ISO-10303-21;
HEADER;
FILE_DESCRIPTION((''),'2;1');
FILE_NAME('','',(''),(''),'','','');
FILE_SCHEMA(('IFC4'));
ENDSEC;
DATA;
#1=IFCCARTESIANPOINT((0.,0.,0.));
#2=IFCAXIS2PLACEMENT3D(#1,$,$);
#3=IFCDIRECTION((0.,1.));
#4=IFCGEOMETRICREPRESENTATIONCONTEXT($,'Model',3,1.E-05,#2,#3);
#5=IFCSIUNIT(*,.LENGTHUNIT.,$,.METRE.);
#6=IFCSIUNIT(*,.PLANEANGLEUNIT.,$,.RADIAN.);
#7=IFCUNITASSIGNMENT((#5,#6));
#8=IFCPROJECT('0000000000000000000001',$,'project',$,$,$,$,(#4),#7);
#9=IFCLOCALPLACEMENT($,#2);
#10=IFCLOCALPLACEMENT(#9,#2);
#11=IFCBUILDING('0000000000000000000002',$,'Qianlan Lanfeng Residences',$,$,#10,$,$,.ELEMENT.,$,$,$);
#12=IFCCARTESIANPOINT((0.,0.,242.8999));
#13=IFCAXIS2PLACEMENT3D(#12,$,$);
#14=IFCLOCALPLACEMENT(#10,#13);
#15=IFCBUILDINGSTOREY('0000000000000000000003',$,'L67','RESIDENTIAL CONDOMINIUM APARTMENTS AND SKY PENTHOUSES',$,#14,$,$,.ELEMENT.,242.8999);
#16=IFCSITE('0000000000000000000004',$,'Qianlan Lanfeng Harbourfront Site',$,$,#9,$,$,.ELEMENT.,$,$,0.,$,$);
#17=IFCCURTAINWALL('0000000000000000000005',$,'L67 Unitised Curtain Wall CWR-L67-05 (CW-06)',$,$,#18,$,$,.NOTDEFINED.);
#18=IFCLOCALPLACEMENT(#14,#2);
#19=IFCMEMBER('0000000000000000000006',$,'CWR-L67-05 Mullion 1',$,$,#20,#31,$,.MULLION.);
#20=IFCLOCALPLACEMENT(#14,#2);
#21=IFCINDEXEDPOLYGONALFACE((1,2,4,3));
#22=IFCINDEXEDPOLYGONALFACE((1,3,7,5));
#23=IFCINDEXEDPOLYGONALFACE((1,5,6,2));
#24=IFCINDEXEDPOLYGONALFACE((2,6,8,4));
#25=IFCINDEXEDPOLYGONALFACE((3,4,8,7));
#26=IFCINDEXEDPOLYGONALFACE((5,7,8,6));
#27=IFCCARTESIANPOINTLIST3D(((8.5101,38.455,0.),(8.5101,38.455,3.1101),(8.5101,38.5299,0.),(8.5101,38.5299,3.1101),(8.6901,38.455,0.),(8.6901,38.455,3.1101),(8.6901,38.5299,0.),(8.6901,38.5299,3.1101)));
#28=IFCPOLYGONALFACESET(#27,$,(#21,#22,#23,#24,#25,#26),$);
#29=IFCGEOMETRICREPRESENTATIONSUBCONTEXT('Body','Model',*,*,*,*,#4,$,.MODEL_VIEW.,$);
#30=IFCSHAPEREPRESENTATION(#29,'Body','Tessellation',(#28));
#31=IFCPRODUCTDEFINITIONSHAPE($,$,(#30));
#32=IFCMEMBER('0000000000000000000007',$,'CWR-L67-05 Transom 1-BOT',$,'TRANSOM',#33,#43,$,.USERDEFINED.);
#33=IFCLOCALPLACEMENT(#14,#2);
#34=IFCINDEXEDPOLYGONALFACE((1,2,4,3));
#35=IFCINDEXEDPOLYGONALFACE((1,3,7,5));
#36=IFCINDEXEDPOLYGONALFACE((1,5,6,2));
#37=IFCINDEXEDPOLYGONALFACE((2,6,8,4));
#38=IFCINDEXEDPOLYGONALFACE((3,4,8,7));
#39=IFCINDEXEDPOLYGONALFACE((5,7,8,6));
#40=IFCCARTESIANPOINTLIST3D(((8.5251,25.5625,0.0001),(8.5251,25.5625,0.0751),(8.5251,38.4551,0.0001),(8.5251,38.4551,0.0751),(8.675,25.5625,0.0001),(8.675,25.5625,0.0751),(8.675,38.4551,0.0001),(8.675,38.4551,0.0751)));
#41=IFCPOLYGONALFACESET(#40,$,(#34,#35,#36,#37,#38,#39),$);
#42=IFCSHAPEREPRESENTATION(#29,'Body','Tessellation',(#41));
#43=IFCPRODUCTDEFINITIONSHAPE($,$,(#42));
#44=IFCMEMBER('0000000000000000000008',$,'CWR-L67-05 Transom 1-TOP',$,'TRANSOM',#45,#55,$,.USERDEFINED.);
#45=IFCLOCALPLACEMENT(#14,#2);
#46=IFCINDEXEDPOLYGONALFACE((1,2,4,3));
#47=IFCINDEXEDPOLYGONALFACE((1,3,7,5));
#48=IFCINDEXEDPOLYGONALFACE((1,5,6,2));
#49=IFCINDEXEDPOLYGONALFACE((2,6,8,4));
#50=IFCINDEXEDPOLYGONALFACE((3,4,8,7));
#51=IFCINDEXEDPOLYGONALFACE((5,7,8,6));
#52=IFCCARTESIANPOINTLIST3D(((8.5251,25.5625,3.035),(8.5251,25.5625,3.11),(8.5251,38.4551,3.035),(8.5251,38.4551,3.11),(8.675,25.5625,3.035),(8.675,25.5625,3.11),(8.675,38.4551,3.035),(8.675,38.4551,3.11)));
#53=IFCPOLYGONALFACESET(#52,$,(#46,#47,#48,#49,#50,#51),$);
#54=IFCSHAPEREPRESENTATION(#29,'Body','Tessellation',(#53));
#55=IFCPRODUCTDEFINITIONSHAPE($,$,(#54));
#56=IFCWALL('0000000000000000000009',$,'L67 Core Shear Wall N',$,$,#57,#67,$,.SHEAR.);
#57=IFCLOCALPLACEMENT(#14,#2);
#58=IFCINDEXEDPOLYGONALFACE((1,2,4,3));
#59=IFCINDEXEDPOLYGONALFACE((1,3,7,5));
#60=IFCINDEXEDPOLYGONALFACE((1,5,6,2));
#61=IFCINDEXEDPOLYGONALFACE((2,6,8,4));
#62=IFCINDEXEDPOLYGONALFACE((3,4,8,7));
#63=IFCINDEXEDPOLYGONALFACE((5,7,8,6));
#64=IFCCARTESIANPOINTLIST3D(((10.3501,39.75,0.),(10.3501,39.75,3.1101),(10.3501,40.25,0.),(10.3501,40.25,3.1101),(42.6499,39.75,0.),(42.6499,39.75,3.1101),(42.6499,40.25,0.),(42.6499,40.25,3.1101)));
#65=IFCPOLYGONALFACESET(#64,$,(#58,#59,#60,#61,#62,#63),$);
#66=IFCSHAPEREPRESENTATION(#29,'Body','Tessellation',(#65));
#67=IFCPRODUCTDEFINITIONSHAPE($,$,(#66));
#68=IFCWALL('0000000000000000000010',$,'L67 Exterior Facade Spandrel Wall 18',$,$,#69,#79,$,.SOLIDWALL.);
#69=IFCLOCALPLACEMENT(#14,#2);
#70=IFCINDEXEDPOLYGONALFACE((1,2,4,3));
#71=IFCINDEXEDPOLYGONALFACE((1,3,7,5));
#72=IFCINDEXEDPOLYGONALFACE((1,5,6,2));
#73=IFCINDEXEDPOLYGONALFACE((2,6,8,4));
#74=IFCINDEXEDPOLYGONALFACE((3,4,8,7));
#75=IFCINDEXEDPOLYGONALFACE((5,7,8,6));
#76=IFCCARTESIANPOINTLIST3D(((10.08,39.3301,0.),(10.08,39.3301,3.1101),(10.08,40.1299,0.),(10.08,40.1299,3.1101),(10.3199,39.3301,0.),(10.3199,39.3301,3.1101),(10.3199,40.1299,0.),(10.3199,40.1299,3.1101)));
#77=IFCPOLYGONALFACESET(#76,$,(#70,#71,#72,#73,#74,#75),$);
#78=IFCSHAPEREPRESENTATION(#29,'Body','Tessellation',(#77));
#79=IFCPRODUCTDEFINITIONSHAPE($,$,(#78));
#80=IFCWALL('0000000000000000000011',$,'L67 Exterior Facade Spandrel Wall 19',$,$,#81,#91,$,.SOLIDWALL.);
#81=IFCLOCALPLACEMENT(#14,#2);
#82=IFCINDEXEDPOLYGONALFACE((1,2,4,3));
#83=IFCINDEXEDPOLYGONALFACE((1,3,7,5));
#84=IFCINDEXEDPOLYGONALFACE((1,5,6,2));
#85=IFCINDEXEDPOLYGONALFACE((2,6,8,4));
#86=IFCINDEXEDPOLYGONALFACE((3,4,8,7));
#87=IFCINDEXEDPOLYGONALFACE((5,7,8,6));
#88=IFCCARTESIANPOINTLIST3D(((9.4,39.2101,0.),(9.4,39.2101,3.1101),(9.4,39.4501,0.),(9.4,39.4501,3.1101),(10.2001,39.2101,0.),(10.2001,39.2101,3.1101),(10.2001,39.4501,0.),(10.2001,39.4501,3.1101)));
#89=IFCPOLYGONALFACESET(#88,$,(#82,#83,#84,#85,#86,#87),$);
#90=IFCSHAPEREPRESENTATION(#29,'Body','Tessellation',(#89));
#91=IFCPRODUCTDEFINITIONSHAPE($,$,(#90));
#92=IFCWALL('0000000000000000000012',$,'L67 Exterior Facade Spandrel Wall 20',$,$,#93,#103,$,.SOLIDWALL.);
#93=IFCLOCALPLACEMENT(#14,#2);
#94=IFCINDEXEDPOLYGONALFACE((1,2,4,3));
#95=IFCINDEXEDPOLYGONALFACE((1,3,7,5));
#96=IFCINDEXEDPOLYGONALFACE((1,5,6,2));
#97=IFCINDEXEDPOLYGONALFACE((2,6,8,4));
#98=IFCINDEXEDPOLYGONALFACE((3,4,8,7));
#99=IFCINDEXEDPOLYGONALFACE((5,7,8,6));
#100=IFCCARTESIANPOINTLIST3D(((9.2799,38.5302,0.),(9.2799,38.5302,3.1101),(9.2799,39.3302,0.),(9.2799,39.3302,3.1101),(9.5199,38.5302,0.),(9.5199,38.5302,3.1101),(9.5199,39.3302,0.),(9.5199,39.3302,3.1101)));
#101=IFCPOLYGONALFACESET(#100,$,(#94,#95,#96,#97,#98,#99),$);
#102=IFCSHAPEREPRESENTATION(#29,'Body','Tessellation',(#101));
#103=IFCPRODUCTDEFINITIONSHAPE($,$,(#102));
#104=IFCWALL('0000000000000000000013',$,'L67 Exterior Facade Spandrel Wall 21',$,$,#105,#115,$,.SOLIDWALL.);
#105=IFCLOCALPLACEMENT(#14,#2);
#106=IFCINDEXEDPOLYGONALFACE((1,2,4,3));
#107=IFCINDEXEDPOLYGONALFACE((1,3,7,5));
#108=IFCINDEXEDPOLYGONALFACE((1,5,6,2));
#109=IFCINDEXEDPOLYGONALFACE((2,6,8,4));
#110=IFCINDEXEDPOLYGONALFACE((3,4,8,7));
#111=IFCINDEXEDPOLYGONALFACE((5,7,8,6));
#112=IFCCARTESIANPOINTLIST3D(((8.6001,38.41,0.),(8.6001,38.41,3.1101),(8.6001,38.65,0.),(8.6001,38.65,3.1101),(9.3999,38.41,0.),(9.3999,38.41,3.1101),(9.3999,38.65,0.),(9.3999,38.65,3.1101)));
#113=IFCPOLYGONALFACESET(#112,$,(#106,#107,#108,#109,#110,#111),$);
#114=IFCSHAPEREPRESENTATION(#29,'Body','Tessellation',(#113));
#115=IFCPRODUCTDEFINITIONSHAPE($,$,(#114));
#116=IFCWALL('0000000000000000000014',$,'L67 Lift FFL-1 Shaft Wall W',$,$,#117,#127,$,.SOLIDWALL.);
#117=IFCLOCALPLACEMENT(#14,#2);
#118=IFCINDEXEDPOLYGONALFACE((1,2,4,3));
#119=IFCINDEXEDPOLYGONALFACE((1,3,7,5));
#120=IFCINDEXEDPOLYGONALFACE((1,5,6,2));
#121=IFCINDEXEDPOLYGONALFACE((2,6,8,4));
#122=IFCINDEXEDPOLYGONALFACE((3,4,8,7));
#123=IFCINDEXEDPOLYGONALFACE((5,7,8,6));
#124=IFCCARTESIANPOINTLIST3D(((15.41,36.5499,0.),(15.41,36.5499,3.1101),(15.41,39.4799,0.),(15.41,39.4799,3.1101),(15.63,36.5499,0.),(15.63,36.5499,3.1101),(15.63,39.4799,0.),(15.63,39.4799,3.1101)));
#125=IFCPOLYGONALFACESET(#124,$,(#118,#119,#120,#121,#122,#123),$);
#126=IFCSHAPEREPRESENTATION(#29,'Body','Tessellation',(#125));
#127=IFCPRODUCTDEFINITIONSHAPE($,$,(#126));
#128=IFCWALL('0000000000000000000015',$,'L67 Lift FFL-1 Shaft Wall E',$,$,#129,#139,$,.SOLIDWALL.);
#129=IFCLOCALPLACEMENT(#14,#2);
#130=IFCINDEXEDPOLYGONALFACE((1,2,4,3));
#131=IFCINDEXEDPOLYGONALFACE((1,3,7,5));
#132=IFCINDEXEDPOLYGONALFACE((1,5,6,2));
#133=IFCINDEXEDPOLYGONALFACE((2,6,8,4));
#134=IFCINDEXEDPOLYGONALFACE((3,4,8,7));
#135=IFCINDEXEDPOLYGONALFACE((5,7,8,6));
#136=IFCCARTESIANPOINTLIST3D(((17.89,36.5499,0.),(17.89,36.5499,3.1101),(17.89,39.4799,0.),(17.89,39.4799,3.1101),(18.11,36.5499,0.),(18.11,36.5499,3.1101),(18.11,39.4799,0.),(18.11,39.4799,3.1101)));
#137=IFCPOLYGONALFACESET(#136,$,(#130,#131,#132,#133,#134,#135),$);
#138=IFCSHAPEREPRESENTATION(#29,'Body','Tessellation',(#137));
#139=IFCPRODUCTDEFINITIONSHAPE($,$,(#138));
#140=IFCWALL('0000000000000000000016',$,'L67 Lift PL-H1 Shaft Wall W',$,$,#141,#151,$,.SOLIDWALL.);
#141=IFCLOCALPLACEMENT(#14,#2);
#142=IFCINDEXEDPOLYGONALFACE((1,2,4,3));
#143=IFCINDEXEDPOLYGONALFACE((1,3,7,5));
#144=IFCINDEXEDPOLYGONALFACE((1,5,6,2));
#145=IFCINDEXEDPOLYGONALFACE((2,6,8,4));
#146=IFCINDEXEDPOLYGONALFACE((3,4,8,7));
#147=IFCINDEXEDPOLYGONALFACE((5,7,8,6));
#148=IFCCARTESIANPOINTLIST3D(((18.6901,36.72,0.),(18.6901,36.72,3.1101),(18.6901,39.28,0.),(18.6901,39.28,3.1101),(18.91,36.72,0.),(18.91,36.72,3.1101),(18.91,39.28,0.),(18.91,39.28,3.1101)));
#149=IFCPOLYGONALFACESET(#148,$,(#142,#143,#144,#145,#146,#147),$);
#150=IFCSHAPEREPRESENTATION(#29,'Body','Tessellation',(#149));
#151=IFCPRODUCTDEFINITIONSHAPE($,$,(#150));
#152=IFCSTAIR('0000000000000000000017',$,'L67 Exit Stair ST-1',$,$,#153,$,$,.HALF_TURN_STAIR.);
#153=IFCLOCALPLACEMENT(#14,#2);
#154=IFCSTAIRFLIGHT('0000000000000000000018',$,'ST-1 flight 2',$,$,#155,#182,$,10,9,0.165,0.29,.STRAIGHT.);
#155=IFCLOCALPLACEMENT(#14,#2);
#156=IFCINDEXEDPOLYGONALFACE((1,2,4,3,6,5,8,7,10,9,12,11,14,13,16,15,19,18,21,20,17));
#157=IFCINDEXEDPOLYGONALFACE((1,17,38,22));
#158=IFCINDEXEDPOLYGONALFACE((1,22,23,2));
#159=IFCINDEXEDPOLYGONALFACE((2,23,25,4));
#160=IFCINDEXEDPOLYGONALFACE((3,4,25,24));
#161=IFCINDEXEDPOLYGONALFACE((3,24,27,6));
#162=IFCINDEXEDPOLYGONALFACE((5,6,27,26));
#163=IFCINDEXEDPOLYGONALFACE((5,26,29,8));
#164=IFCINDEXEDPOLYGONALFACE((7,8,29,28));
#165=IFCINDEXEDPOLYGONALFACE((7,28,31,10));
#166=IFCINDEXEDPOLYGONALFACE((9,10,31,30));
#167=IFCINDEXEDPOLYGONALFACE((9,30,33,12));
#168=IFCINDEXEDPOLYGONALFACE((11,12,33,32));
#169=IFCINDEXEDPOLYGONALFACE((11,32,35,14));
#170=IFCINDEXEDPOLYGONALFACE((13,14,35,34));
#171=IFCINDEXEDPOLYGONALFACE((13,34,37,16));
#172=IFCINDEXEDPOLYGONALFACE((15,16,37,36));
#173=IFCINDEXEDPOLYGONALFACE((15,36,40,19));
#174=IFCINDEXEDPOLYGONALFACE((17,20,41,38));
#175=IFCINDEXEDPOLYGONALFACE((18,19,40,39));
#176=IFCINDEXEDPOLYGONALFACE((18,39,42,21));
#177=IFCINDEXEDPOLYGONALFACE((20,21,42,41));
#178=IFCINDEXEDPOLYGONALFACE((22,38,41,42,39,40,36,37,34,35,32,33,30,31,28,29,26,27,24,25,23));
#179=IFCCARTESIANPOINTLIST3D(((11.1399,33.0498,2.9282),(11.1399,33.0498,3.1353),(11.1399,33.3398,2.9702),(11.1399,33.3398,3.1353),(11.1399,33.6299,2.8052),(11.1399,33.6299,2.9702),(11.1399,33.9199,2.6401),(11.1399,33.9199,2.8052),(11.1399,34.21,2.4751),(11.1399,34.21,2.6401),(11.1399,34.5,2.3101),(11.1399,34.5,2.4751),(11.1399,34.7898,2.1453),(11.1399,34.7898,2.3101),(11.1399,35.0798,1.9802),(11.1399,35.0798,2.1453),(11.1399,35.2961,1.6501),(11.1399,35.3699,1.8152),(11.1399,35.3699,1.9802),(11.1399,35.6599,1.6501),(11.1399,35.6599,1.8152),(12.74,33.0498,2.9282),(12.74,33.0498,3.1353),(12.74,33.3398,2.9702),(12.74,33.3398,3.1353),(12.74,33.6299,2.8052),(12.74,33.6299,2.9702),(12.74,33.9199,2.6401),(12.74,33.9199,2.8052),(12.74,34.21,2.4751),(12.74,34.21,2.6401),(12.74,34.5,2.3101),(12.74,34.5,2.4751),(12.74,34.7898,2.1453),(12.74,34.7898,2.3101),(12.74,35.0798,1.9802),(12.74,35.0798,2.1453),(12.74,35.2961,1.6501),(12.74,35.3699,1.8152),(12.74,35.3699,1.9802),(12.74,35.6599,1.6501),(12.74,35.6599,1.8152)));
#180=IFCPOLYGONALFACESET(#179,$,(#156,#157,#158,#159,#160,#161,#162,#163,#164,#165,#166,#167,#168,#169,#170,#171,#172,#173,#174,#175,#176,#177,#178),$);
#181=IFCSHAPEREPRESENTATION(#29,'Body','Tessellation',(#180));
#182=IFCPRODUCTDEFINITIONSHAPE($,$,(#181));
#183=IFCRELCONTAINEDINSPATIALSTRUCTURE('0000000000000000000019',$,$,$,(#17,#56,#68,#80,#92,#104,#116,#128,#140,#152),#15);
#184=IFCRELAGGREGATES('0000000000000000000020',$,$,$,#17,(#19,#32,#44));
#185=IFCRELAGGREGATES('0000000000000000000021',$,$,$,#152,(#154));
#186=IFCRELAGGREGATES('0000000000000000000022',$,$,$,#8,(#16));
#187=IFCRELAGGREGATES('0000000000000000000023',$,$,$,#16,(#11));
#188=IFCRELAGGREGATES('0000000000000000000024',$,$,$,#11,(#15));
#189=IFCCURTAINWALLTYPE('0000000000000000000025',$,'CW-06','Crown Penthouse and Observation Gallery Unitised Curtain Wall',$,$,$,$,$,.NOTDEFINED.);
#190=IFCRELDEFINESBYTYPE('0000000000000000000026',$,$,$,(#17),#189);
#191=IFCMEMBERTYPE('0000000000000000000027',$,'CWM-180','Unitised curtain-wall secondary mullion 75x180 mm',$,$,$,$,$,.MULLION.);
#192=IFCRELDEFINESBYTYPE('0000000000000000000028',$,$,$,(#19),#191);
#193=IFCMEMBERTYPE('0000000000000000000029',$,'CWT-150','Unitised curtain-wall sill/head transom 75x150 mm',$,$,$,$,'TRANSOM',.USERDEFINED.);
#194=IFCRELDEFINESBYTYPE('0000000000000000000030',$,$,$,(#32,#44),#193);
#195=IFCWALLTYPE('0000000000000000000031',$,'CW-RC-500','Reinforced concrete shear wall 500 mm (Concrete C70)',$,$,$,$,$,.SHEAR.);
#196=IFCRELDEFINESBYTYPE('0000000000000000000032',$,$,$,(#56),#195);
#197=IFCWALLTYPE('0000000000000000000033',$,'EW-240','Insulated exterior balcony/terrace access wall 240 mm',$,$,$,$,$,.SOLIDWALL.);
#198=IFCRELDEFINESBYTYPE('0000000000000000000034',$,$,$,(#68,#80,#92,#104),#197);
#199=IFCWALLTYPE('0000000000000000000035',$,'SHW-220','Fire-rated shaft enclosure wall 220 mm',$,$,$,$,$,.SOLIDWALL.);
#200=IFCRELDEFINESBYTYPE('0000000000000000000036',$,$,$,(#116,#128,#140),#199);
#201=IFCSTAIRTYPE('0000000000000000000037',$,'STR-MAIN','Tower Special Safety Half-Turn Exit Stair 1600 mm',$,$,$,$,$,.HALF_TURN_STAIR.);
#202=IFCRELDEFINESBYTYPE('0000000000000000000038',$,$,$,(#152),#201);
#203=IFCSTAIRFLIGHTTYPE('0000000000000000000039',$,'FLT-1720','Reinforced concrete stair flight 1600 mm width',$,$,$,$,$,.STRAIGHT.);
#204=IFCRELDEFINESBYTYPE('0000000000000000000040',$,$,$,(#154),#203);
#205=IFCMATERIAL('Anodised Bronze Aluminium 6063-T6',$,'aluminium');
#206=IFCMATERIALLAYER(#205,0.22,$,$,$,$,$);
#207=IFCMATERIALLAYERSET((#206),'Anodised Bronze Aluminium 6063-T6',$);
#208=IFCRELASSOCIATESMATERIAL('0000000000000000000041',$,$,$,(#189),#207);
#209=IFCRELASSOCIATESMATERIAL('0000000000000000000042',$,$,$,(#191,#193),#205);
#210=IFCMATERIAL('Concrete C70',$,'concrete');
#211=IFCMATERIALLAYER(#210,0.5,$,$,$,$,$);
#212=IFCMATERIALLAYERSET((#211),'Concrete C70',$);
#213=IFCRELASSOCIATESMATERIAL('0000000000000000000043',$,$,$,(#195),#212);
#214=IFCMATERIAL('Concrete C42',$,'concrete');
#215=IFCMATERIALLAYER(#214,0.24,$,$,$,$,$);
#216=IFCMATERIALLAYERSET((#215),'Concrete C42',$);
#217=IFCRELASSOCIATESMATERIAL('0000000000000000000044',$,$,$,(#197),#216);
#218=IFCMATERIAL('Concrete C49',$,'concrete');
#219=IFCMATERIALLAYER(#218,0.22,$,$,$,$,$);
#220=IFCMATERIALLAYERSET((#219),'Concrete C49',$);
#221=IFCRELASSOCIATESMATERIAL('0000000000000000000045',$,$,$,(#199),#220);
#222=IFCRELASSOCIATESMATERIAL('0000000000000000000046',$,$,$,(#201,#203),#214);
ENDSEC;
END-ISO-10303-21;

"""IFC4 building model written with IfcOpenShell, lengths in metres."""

from ifc_helpers import new_model, si_unit, direction, frame, frame_2d, origin, origin_2d, place, context, subcontext, project, spatial, polyline, rectangle, outline, extrude, source, transform, mapped, material, layer, layer_set, material_profile, profile_set, type_object, element, aggregate, save


model = new_model("IFC4")

# Units and contexts
model_context = context("Model", 3, precision=1e-05, world=origin(), true_north=direction((0.0, 1.0)))
body_context = subcontext(model_context, "Body", "Model", "MODEL_VIEW")
ifc_project = project(units=[si_unit("LENGTHUNIT", "METRE"), si_unit("PLANEANGLEUNIT", "RADIAN")], contexts=[model_context])

# Site, building, storey
site_placement = place(None, origin())
site = spatial("IfcSite", under=ifc_project, at=site_placement, Name="Qianlan Lanfeng Harbourfront Site", CompositionType="ELEMENT", RefElevation=0.0)
building_placement = place(site_placement, origin())
building = spatial("IfcBuilding", under=site, at=building_placement, Name="Qianlan Lanfeng Residences", CompositionType="ELEMENT")
storey_placement = place(building_placement, frame((0.0, 0.0, 242.8999)))
storey = spatial("IfcBuildingStorey", under=building, at=storey_placement, Name="L67", Description="RESIDENTIAL CONDOMINIUM APARTMENTS AND SKY PENTHOUSES", CompositionType="ELEMENT", Elevation=242.8999)

# Curtain wall, members
ifc_material_1 = material(Name="Anodised Bronze Aluminium 6063-T6", Category="aluminium")
ifc_layer_1 = layer(ifc_material_1, 0.22)
ifc_layer_set_1 = layer_set([ifc_layer_1], Name="Anodised Bronze Aluminium 6063-T6")
curtain_wall_type = type_object("IfcCurtainWallType", Name="CW-06", Description="Crown Penthouse and Observation Gallery Unitised Curtain Wall", PredefinedType="NOTDEFINED", material=ifc_layer_set_1)
curtain_wall_placement = place(storey_placement, origin())
curtain_wall = element("IfcCurtainWall", 1, at=curtain_wall_placement, inside=storey, type_object=curtain_wall_type, Name="L67 Unitised Curtain Wall CWR-L67-05 (CW-06)", PredefinedType="NOTDEFINED")
ifc_material_profile_1 = material_profile(ifc_material_1, rectangle(XDim=0.075, YDim=0.1799, at=origin_2d()), Name="ALU MULLION 75x180")
ifc_profile_set_1 = profile_set([ifc_material_profile_1], Name="Anodised Bronze Aluminium 6063-T6")
member_type_1 = type_object("IfcMemberType", Name="CWM-180", Description="Unitised curtain-wall secondary mullion 75x180 mm", PredefinedType="MULLION", material=ifc_profile_set_1)
shared_shape_1 = source(origin(), body_context, "Body", "SweptSolid", [
    extrude(rectangle(XDim=0.075, YDim=0.1799, at=origin_2d()), origin(), (0.0, 0.0, 1.0), 3.1101),
])
member_1_placement = place(storey_placement, frame((8.6001, 38.4924, 0.0), z_axis=(0.0, 0.0, 1.0), x_axis=(0.0, -1.0, 0.0)))
member_1 = element("IfcMember", 2, at=member_1_placement, type_object=member_type_1, Name="CWR-L67-05 Mullion 1", PredefinedType="MULLION", context=body_context, shape_type="MappedRepresentation", body=[
    mapped(shared_shape_1, transform((0.0, 0.0, 0.0), scale=1.0)),
])
ifc_material_profile_2 = material_profile(ifc_material_1, rectangle(XDim=0.075, YDim=0.1499, at=origin_2d()), Name="ALU TRANSOM 75x150")
ifc_profile_set_2 = profile_set([ifc_material_profile_2], Name="Anodised Bronze Aluminium 6063-T6")
member_type_2 = type_object("IfcMemberType", Name="CWT-150", Description="Unitised curtain-wall sill/head transom 75x150 mm", ElementType="TRANSOM", PredefinedType="USERDEFINED", material=ifc_profile_set_2)
shared_shape_2 = source(origin(), body_context, "Body", "SweptSolid", [
    extrude(rectangle(XDim=0.075, YDim=0.1499, at=origin_2d()), origin(), (0.0, 0.0, 1.0), 12.8926),
])
member_2_placement = place(storey_placement, frame((8.6001, 38.4551, 0.0376), z_axis=(0.0, -1.0, 0.0), x_axis=(0.0, 0.0, 1.0)))
member_2 = element("IfcMember", 3, at=member_2_placement, type_object=member_type_2, Name="CWR-L67-05 Transom 1-BOT", ObjectType="TRANSOM", PredefinedType="USERDEFINED", context=body_context, shape_type="MappedRepresentation", body=[
    mapped(shared_shape_2, transform((0.0, 0.0, 0.0), scale=1.0)),
])
member_3_placement = place(storey_placement, frame((8.6001, 38.4551, 3.0725), z_axis=(0.0, -1.0, 0.0), x_axis=(0.0, 0.0, 1.0)))
member_3 = element("IfcMember", 4, at=member_3_placement, type_object=member_type_2, Name="CWR-L67-05 Transom 1-TOP", ObjectType="TRANSOM", PredefinedType="USERDEFINED", context=body_context, shape_type="MappedRepresentation", body=[
    mapped(shared_shape_2, transform((0.0, 0.0, 0.0), scale=1.0)),
])
aggregate(curtain_wall, [member_1, member_2, member_3])

# Shared definitions
ifc_material_2 = material(Name="Concrete C49", Category="concrete")

# Walls
ifc_material_3 = material(Name="Concrete C70", Category="concrete")
ifc_layer_2 = layer(ifc_material_3, 0.5)
ifc_layer_set_2 = layer_set([ifc_layer_2], Name="Concrete C70")
wall_type_1 = type_object("IfcWallType", Name="CW-RC-500", Description="Reinforced concrete shear wall 500 mm (Concrete C70)", PredefinedType="SHEAR", material=ifc_layer_set_2)
wall_1_placement = place(storey_placement, frame((10.3501, 40.0, 0.0), z_axis=(0.0, 0.0, 1.0), x_axis=(1.0, 0.0, 0.0)))
element("IfcWall", 5, at=wall_1_placement, inside=storey, type_object=wall_type_1, Name="L67 Core Shear Wall N", PredefinedType="SHEAR", context=body_context, shape_type="SweptSolid", body=[
    extrude(rectangle(XDim=32.2998, YDim=0.5, at=frame_2d((16.1499, 0.0))), origin(), (0.0, 0.0, 1.0), 3.1101),
])
ifc_material_4 = material(Name="Concrete C42", Category="concrete")
ifc_layer_3 = layer(ifc_material_4, 0.24)
ifc_layer_set_3 = layer_set([ifc_layer_3], Name="Concrete C42")
wall_type_2 = type_object("IfcWallType", Name="EW-240", Description="Insulated exterior balcony/terrace access wall 240 mm", PredefinedType="SOLIDWALL", material=ifc_layer_set_3)
wall_2_placement = place(storey_placement, frame((10.2, 40.1299, 0.0), z_axis=(0.0, 0.0, 1.0), x_axis=(0.0, -1.0, 0.0)))
element("IfcWall", 6, at=wall_2_placement, inside=storey, type_object=wall_type_2, Name="L67 Exterior Facade Spandrel Wall 18", PredefinedType="SOLIDWALL", context=body_context, shape_type="SweptSolid", body=[
    extrude(rectangle(XDim=0.7998, YDim=0.24, at=frame_2d((0.3999, 0.0))), origin(), (0.0, 0.0, 1.0), 3.1101),
])
for number, where, z_axis, x_axis, name in (
    (7, (10.2, 39.3301, 0.0), (0.0, 0.0, 1.0), (-1.0, 0.0, 0.0), "L67 Exterior Facade Spandrel Wall 19"),
    (8, (9.3999, 39.3301, 0.0), (0.0, 0.0, 1.0), (0.0, -1.0, 0.0), "L67 Exterior Facade Spandrel Wall 20"),
):
    element("IfcWall", number, at=place(storey_placement, frame(where, z_axis=z_axis, x_axis=x_axis)), inside=storey, type_object=wall_type_2, Name=name, PredefinedType="SOLIDWALL", context=body_context, shape_type="SweptSolid", body=[
        extrude(rectangle(XDim=0.8, YDim=0.24, at=frame_2d((0.3999, 0.0))), origin(), (0.0, 0.0, 1.0), 3.1101),
    ])
wall_3_placement = place(storey_placement, frame((9.3999, 38.53, 0.0), z_axis=(0.0, 0.0, 1.0), x_axis=(-1.0, 0.0, 0.0)))
element("IfcWall", 9, at=wall_3_placement, inside=storey, type_object=wall_type_2, Name="L67 Exterior Facade Spandrel Wall 21", PredefinedType="SOLIDWALL", context=body_context, shape_type="SweptSolid", body=[
    extrude(rectangle(XDim=0.7998, YDim=0.24, at=frame_2d((0.3999, 0.0))), origin(), (0.0, 0.0, 1.0), 3.1101),
])
ifc_layer_4 = layer(ifc_material_2, 0.22)
ifc_layer_set_4 = layer_set([ifc_layer_4], Name="Concrete C49")
wall_type_3 = type_object("IfcWallType", Name="SHW-220", Description="Fire-rated shaft enclosure wall 220 mm", PredefinedType="SOLIDWALL", material=ifc_layer_set_4)
for number, where, z_axis, x_axis, name in (
    (10, (15.52, 36.55, 0.0), (0.0, 0.0, 1.0), (0.0, 1.0, 0.0), "L67 Lift FFL-1 Shaft Wall W"),
    (11, (18.0, 36.55, 0.0), (0.0, 0.0, 1.0), (0.0, 1.0, 0.0), "L67 Lift FFL-1 Shaft Wall E"),
):
    element("IfcWall", number, at=place(storey_placement, frame(where, z_axis=z_axis, x_axis=x_axis)), inside=storey, type_object=wall_type_3, Name=name, PredefinedType="SOLIDWALL", context=body_context, shape_type="SweptSolid", body=[
        extrude(rectangle(XDim=2.9299, YDim=0.22, at=frame_2d((1.4648, 0.0))), origin(), (0.0, 0.0, 1.0), 3.1101),
    ])
wall_4_placement = place(storey_placement, frame((18.8, 36.72, 0.0), z_axis=(0.0, 0.0, 1.0), x_axis=(0.0, 1.0, 0.0)))
element("IfcWall", 12, at=wall_4_placement, inside=storey, type_object=wall_type_3, Name="L67 Lift PL-H1 Shaft Wall W", PredefinedType="SOLIDWALL", context=body_context, shape_type="SweptSolid", body=[
    extrude(rectangle(XDim=2.5601, YDim=0.22, at=frame_2d((1.28, 0.0))), origin(), (0.0, 0.0, 1.0), 3.1101),
])

# Stair, stair flight
stair_type = type_object("IfcStairType", Name="STR-MAIN", Description="Tower Special Safety Half-Turn Exit Stair 1600 mm", PredefinedType="HALF_TURN_STAIR", material=ifc_material_4)
stair_placement = place(storey_placement, origin())
stair = element("IfcStair", 13, at=stair_placement, inside=storey, type_object=stair_type, Name="L67 Exit Stair ST-1", PredefinedType="HALF_TURN_STAIR")
stair_flight_type = type_object("IfcStairFlightType", Name="FLT-1720", Description="Reinforced concrete stair flight 1600 mm width", PredefinedType="STRAIGHT", material=ifc_material_4)
stair_flight_placement = place(storey_placement, frame((11.9399, 35.6599, 1.6501), z_axis=(0.0, 0.0, 1.0), x_axis=(0.0, -1.0, 0.0)))
stair_flight = element("IfcStairFlight", 14, at=stair_flight_placement, type_object=stair_flight_type, Name="ST-1 flight 2", NumberOfRisers=10, NumberOfTreads=9, PredefinedType="STRAIGHT", RiserHeight=0.165, TreadLength=0.29, context=body_context, shape_type="SweptSolid", body=[
    extrude(outline(polyline([(0.0, 0.0), (0.0, 0.165), (0.29, 0.165), (0.29, 0.3301), (0.5801, 0.3301), (0.5801, 0.4951), (0.8701, 0.4951), (0.8701, 0.6599), (1.1599, 0.6599), (1.1599, 0.825), (1.45, 0.825), (1.45, 0.99), (1.74, 0.99), (1.74, 1.155), (2.03, 1.155), (2.03, 1.3201), (2.3201, 1.3201), (2.3201, 1.4851), (2.6101, 1.4851), (2.6101, 1.6499), (2.6101, 1.2781), (0.3638, 0.0), (0.0, 0.0)])), frame((0.0, 0.8, 0.0), z_axis=(0.0, -1.0, 0.0), x_axis=(1.0, 0.0, 0.0)), (0.0, 0.0, 1.0), 1.6001),
])
aggregate(stair, [stair_flight])

save(model, "model.ifc")
